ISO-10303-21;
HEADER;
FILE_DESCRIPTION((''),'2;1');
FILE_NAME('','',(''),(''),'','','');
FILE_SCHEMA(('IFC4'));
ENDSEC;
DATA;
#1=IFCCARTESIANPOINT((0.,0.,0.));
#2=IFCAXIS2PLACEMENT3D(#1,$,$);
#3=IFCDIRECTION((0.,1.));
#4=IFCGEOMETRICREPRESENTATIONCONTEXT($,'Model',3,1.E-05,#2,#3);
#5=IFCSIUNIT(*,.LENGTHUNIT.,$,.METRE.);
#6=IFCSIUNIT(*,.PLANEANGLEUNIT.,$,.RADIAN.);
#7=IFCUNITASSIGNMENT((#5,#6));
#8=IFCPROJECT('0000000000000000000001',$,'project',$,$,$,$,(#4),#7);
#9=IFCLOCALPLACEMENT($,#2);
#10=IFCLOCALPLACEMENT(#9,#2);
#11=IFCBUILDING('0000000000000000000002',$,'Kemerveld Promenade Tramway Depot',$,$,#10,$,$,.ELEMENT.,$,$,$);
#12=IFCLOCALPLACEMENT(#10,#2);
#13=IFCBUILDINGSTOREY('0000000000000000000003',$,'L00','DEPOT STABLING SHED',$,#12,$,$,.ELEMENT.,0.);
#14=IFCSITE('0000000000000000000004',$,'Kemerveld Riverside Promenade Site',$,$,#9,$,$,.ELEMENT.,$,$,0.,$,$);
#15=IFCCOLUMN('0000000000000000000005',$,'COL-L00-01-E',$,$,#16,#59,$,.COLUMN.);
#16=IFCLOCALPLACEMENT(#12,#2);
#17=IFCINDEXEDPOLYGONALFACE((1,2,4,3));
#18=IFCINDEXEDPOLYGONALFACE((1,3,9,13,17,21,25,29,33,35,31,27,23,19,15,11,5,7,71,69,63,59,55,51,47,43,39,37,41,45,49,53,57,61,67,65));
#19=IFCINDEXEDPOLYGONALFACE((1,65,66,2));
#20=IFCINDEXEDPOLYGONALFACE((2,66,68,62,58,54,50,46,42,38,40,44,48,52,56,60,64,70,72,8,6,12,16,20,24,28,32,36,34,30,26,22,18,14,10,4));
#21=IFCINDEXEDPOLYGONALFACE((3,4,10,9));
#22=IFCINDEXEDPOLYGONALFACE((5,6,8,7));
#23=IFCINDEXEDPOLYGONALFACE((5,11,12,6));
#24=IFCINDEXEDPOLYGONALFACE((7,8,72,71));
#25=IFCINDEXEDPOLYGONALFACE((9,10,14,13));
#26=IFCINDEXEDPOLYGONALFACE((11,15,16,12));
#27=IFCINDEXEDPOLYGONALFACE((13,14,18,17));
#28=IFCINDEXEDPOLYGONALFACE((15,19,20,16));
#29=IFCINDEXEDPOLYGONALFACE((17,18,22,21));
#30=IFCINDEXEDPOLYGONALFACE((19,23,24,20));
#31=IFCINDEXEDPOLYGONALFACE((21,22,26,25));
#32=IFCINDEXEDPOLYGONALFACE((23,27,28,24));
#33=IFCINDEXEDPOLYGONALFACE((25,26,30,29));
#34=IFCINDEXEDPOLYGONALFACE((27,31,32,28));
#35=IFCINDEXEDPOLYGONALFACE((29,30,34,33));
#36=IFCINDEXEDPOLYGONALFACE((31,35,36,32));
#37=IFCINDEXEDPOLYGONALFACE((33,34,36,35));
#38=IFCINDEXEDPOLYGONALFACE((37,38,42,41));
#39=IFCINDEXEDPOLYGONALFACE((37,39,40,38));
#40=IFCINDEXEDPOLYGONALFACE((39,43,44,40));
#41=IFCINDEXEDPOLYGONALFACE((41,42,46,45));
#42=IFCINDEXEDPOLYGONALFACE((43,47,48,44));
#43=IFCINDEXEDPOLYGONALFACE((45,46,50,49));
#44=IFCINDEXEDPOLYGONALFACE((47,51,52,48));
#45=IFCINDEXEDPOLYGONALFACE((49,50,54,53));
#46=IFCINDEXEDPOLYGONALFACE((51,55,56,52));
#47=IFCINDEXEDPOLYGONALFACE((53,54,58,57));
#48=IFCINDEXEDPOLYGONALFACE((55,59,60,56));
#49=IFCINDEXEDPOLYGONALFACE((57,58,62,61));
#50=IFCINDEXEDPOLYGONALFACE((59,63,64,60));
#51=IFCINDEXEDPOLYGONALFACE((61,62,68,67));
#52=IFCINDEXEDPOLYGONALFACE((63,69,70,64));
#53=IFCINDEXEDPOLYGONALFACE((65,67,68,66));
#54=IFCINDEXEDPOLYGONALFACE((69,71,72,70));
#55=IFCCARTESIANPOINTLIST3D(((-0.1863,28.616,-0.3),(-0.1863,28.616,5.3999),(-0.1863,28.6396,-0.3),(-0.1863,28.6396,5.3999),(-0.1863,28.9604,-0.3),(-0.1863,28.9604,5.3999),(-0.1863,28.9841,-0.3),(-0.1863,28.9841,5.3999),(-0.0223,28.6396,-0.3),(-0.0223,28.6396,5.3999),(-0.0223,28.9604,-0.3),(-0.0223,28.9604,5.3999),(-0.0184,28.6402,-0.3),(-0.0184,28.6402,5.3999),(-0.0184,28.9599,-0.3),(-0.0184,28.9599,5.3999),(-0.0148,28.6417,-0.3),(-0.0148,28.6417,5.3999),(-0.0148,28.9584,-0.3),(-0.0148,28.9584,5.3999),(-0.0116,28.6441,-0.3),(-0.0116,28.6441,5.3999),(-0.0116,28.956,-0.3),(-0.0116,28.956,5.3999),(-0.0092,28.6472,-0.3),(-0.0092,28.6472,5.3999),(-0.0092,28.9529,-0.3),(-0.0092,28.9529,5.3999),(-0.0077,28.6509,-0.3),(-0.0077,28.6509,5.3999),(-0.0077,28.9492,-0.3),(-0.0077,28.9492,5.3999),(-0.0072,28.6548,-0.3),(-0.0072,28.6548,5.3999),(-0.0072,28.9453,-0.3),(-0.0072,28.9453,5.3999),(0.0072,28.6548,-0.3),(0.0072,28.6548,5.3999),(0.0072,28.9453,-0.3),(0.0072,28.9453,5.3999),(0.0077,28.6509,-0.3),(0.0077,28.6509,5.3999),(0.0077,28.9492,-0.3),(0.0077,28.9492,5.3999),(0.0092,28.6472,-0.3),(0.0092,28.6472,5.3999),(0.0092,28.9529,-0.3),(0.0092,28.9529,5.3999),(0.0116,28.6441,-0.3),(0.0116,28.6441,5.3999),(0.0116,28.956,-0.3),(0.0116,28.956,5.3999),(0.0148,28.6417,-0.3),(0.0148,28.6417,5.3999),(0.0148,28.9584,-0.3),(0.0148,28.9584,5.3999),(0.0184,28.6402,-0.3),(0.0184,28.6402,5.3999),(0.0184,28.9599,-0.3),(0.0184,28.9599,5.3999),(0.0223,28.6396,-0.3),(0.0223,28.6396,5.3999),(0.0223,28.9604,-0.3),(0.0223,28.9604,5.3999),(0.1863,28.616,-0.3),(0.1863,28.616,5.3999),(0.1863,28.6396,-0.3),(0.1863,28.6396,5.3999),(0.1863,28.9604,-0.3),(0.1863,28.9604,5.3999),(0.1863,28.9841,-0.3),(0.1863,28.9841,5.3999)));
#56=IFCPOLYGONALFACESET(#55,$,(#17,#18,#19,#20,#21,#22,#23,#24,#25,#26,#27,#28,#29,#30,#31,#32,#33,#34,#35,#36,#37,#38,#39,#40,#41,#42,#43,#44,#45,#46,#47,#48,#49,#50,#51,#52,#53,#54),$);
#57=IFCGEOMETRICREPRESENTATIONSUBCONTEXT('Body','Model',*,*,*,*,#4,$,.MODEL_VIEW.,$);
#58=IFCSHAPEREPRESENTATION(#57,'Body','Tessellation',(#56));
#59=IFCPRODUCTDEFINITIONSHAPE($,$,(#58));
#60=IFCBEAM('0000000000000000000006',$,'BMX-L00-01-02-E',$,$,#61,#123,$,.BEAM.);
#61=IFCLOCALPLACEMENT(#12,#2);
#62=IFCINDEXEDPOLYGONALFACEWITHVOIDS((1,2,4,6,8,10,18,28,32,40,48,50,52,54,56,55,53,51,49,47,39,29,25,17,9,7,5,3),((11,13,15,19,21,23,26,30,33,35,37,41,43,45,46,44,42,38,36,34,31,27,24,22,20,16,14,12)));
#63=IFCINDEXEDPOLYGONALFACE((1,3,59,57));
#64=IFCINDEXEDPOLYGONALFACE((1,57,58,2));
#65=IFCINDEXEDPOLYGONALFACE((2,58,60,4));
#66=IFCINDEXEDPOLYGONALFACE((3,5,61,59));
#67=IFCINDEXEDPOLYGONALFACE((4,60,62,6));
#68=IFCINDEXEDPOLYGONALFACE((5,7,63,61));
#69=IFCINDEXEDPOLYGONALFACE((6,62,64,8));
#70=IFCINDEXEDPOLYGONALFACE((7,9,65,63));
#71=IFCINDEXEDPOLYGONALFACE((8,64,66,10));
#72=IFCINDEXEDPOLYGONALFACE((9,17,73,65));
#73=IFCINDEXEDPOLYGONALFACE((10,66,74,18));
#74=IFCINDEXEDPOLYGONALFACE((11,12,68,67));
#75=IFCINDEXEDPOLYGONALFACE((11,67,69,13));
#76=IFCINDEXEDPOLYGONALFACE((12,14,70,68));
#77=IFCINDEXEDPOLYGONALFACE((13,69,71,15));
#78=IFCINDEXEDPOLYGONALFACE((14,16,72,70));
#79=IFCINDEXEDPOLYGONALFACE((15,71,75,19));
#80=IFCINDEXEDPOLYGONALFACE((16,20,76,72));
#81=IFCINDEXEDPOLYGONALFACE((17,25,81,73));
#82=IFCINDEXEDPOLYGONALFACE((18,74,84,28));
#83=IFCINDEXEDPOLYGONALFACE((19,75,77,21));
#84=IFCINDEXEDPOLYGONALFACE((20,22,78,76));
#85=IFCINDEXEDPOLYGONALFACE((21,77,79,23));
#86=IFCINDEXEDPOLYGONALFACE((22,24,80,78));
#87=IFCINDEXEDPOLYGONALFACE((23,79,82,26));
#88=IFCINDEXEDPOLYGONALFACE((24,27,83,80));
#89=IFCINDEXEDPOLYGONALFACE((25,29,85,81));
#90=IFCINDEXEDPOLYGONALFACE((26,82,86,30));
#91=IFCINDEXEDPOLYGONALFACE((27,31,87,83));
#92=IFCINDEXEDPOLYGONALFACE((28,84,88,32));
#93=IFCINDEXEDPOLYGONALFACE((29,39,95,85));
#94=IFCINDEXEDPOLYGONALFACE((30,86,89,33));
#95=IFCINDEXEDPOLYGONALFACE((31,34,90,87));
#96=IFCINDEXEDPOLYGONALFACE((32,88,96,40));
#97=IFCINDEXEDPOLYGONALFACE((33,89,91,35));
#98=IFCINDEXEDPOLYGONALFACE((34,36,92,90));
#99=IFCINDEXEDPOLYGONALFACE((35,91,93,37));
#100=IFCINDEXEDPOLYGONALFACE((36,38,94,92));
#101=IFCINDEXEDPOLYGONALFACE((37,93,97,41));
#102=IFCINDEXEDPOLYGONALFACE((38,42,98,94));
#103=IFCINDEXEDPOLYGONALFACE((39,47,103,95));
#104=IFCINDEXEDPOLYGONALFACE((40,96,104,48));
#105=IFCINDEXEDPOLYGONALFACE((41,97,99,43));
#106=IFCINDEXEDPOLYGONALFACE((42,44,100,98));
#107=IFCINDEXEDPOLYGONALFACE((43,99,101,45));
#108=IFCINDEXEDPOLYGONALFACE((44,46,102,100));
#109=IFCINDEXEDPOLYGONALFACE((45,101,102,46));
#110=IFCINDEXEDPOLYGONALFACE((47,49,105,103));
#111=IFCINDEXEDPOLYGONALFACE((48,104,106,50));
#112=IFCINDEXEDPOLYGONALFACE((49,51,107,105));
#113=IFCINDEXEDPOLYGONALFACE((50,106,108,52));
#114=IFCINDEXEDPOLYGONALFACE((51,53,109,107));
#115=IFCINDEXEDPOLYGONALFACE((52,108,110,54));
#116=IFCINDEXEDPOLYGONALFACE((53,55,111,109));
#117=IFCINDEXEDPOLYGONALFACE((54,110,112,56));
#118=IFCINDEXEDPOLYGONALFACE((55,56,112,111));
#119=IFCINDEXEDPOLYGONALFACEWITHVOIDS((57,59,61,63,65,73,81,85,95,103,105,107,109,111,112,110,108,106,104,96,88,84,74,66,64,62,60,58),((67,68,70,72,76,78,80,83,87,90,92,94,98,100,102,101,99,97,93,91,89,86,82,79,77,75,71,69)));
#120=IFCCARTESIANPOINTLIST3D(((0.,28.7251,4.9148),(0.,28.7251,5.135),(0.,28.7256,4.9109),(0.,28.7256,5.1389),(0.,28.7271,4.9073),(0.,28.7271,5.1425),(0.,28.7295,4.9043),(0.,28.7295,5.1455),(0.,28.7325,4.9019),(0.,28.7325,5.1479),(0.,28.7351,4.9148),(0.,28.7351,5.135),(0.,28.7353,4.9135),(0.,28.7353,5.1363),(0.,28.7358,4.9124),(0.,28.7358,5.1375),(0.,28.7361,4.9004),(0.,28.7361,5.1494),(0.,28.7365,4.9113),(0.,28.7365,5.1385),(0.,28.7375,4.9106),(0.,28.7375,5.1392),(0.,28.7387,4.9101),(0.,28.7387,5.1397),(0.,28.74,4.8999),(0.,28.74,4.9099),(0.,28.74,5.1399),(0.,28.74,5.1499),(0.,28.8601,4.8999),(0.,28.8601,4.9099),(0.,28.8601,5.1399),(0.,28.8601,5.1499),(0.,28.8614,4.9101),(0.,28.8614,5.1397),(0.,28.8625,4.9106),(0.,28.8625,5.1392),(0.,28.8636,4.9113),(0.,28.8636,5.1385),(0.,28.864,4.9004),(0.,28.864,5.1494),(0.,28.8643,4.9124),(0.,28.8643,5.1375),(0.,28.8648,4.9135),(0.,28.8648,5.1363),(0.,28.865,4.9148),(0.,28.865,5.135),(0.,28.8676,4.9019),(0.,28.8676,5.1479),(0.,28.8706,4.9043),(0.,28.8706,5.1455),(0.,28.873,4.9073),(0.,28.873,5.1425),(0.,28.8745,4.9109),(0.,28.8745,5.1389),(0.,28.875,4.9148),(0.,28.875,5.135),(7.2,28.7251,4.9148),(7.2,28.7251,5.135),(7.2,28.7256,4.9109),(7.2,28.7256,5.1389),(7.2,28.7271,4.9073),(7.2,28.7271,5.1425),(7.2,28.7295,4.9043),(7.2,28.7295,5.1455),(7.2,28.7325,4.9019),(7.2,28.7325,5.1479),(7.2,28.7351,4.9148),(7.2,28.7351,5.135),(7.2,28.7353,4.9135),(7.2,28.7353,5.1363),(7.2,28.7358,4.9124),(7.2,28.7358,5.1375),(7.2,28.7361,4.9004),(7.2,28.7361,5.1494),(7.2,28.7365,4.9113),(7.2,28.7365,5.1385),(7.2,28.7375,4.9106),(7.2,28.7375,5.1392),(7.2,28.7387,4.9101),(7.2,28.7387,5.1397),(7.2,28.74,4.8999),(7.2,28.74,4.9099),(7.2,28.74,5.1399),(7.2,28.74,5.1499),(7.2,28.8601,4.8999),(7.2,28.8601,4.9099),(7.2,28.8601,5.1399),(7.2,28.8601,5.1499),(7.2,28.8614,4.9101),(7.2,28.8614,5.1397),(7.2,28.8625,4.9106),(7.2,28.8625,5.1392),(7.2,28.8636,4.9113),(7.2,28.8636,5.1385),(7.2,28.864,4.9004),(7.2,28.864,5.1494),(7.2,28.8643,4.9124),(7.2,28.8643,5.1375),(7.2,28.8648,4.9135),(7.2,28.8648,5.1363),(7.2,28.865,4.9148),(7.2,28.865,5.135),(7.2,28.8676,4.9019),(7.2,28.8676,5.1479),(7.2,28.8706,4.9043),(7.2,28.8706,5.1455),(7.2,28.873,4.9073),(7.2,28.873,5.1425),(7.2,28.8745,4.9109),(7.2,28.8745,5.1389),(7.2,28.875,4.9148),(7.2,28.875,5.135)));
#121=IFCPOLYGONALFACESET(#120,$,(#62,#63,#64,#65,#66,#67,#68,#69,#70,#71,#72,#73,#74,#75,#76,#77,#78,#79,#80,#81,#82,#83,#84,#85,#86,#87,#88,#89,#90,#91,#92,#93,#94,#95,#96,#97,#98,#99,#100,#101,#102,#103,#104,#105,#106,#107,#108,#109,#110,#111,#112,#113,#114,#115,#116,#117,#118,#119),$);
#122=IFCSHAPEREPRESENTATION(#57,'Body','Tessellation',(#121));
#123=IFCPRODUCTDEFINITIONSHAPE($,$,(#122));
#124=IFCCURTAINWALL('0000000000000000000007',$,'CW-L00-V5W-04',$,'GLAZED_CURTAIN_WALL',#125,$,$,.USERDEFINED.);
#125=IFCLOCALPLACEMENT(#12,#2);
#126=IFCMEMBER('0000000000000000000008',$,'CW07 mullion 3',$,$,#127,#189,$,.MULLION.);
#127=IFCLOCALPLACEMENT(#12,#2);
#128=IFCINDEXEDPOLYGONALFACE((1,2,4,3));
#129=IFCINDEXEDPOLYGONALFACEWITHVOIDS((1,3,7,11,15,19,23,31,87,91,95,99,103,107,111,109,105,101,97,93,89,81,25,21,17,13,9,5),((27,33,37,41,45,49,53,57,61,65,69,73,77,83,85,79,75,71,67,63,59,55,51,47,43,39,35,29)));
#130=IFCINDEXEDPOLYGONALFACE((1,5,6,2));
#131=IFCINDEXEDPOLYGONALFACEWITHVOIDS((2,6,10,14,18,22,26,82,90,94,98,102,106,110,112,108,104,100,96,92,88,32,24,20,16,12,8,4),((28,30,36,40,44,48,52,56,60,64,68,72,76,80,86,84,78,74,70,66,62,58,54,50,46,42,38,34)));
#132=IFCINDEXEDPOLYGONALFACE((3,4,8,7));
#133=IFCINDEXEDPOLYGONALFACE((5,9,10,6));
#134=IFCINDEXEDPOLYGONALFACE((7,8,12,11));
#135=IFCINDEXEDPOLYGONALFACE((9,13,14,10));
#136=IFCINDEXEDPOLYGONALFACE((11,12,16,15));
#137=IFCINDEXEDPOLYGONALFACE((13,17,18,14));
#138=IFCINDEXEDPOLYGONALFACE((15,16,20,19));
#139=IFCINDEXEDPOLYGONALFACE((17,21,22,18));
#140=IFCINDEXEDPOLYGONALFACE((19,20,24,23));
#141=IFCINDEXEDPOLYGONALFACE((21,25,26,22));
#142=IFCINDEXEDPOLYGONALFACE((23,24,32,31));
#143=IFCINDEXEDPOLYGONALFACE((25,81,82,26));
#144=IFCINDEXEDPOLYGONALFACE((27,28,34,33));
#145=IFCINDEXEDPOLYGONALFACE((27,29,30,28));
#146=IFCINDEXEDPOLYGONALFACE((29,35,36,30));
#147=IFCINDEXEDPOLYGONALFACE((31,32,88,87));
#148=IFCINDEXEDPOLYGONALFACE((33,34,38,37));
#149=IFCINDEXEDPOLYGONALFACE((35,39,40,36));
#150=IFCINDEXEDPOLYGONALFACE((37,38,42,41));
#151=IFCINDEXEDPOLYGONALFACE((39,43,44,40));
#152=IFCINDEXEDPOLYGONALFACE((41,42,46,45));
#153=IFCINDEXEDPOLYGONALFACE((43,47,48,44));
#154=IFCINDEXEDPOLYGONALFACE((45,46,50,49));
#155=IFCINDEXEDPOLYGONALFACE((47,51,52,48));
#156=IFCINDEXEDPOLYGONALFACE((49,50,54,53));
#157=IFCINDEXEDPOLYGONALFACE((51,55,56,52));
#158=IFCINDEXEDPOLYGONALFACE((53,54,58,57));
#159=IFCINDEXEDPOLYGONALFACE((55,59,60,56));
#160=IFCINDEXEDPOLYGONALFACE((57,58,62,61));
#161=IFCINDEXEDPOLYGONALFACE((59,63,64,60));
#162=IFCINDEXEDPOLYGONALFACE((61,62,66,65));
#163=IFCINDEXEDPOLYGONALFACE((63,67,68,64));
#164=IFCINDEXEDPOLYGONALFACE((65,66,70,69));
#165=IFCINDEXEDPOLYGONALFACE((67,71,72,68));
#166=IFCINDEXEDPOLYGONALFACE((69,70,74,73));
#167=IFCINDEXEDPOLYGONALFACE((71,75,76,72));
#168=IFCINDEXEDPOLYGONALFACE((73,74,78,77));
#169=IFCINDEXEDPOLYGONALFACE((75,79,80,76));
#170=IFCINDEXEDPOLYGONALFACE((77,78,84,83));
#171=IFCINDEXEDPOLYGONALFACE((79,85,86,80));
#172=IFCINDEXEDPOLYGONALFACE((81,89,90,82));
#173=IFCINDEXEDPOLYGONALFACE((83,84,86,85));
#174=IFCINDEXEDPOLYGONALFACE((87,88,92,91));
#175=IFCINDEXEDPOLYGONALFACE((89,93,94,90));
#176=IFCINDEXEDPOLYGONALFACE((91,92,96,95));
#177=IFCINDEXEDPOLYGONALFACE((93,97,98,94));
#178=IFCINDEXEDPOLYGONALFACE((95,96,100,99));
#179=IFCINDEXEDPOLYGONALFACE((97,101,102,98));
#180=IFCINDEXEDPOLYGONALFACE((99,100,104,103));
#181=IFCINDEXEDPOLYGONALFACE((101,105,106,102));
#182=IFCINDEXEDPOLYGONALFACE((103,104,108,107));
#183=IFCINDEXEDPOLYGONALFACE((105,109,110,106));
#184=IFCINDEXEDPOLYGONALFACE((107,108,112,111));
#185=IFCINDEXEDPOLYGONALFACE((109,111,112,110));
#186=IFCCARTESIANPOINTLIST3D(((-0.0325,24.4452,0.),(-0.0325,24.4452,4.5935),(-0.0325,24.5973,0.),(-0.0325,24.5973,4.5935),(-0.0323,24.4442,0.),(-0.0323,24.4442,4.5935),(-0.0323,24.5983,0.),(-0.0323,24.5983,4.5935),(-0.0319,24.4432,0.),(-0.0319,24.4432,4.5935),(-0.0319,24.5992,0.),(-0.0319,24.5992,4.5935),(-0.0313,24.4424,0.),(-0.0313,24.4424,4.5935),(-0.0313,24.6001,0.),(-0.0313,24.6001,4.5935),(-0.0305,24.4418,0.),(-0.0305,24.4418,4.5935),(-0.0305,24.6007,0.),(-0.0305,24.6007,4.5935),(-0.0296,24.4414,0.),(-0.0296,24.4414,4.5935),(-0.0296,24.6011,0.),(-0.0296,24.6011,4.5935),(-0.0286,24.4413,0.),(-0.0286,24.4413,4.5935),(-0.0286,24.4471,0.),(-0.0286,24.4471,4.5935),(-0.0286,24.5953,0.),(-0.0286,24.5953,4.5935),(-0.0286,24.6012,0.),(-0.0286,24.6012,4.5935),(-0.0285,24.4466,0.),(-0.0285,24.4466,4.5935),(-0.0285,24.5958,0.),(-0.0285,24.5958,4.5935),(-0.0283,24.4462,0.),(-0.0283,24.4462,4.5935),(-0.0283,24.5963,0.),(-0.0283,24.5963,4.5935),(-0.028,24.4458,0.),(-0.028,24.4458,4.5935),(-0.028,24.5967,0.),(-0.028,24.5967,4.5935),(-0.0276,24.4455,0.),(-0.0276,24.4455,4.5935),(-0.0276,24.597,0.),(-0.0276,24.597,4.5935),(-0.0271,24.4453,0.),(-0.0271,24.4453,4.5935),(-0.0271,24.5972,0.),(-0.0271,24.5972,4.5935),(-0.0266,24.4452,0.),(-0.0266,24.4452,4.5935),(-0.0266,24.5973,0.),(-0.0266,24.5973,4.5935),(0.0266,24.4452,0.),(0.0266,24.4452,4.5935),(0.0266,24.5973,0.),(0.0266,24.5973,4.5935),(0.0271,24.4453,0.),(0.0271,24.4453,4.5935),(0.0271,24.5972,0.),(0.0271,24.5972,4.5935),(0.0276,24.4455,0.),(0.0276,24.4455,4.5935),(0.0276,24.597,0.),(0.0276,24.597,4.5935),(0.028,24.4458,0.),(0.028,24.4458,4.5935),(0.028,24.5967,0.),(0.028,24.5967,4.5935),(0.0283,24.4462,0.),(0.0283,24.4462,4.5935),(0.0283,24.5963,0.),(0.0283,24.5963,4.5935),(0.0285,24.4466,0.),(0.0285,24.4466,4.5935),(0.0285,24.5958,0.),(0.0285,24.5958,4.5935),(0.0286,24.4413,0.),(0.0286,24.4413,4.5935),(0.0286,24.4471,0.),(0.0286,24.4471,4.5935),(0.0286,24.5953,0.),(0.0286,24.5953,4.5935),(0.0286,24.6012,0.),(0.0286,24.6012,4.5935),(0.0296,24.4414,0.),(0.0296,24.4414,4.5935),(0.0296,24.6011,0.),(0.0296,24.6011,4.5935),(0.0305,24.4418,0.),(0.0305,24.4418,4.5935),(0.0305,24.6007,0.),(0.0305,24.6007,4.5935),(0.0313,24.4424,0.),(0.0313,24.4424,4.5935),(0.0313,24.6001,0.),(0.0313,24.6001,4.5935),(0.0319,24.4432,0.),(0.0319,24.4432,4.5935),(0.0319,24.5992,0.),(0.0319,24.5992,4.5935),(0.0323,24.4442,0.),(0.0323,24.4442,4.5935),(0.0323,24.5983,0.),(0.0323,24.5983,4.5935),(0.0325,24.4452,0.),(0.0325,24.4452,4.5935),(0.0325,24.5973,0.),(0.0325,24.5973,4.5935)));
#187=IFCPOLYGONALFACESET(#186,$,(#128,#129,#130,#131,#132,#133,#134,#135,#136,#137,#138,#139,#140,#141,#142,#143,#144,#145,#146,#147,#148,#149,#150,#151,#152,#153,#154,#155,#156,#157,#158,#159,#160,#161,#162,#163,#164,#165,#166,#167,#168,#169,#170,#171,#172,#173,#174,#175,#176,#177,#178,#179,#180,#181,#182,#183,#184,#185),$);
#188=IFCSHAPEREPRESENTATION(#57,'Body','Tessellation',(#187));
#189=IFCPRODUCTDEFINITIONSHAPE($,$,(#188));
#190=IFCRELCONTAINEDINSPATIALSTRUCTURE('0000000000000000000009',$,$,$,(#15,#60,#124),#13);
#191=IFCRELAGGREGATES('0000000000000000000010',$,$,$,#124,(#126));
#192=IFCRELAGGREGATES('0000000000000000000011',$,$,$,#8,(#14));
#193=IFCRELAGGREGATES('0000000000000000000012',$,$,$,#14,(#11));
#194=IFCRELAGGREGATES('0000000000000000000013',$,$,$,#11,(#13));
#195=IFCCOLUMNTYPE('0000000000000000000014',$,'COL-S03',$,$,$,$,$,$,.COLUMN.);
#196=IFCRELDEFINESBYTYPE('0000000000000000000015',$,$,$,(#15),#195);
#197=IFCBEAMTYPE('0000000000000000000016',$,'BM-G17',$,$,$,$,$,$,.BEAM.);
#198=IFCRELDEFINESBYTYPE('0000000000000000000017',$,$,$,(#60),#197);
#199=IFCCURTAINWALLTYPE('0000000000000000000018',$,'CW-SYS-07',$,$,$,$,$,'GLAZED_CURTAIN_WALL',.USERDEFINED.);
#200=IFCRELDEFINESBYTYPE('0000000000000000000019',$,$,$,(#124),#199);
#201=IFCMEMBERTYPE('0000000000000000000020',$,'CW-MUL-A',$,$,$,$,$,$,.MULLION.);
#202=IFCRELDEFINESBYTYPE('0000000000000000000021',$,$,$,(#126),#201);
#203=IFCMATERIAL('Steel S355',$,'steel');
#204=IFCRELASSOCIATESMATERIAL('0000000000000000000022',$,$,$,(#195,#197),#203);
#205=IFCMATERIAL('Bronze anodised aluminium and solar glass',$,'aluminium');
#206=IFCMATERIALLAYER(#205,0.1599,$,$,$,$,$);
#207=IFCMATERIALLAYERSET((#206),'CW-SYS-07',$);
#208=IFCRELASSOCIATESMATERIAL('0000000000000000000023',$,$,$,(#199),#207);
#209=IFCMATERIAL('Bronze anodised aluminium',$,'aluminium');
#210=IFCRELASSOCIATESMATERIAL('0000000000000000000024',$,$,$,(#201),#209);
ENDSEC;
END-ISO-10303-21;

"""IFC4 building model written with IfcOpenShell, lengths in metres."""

from ifc_helpers import new_model, si_unit, direction, frame, origin, origin_2d, place, context, subcontext, project, spatial, hollow_rectangle, i_section, extrude, material, layer, layer_set, material_profile, profile_set, type_object, element, aggregate, save


model = new_model("IFC4")

# Units and contexts
model_context = context("Model", 3, precision=1e-05, world=origin(), true_north=direction((0.0, 1.0)))
body_context = subcontext(model_context, "Body", "Model", "MODEL_VIEW")
ifc_project = project(units=[si_unit("LENGTHUNIT", "METRE"), si_unit("PLANEANGLEUNIT", "RADIAN")], contexts=[model_context])

# Site, building, storey
site_placement = place(None, origin())
site = spatial("IfcSite", under=ifc_project, at=site_placement, Name="Kemerveld Riverside Promenade Site", CompositionType="ELEMENT", RefElevation=0.0)
building_placement = place(site_placement, origin())
building = spatial("IfcBuilding", under=site, at=building_placement, Name="Kemerveld Promenade Tramway Depot", CompositionType="ELEMENT")
storey_placement = place(building_placement, origin())
storey = spatial("IfcBuildingStorey", under=building, at=storey_placement, Name="L00", Description="DEPOT STABLING SHED", CompositionType="ELEMENT", Elevation=0.0)

# Column
ifc_material_1 = material(Name="Steel S355", Category="steel")
ifc_material_profile_1 = material_profile(ifc_material_1, i_section(OverallWidth=0.3726, OverallDepth=0.3682, WebThickness=0.0144, FlangeThickness=0.0237, FilletRadius=0.0151, at=origin_2d()), Name="356x368x177 UC")
ifc_profile_set_1 = profile_set([ifc_material_profile_1], Name="Steel S355")
column_type = type_object("IfcColumnType", Name="COL-S03", PredefinedType="COLUMN", material=ifc_profile_set_1)
column_placement = place(storey_placement, frame((0.0, 28.8, -0.3), z_axis=(0.0, 0.0, 1.0), x_axis=(1.0, 0.0, 0.0)))
element("IfcColumn", 1, at=column_placement, inside=storey, type_object=column_type, Name="COL-L00-01-E", PredefinedType="COLUMN", context=body_context, shape_type="SweptSolid", body=[
    extrude(i_section(OverallWidth=0.3726, OverallDepth=0.3682, WebThickness=0.0144, FlangeThickness=0.0237, FilletRadius=0.0151, at=origin_2d()), origin(), (0.0, 0.0, 1.0), 5.7),
])

# Beam
ifc_material_profile_2 = material_profile(ifc_material_1, hollow_rectangle(XDim=0.1499, YDim=0.25, WallThickness=0.01, InnerFilletRadius=0.0049, OuterFilletRadius=0.0149, at=origin_2d()), Name="250x150x10.0 RHS")
ifc_profile_set_2 = profile_set([ifc_material_profile_2], Name="Steel S355")
beam_type = type_object("IfcBeamType", Name="BM-G17", PredefinedType="BEAM", material=ifc_profile_set_2)
beam_placement = place(storey_placement, frame((0.0, 28.8, 5.0249), z_axis=(1.0, 0.0, 0.0), x_axis=(0.0, 1.0, 0.0)))
element("IfcBeam", 2, at=beam_placement, inside=storey, type_object=beam_type, Name="BMX-L00-01-02-E", PredefinedType="BEAM", context=body_context, shape_type="SweptSolid", body=[
    extrude(hollow_rectangle(XDim=0.1499, YDim=0.25, WallThickness=0.01, InnerFilletRadius=0.0049, OuterFilletRadius=0.0149, at=origin_2d()), origin(), (0.0, 0.0, 1.0), 7.2),
])

# Curtain wall, member
ifc_material_2 = material(Name="Bronze anodised aluminium and solar glass", Category="aluminium")
ifc_layer_1 = layer(ifc_material_2, 0.1599)
ifc_layer_set_1 = layer_set([ifc_layer_1], Name="CW-SYS-07")
curtain_wall_type = type_object("IfcCurtainWallType", Name="CW-SYS-07", ElementType="GLAZED_CURTAIN_WALL", PredefinedType="USERDEFINED", material=ifc_layer_set_1)
curtain_wall_placement = place(storey_placement, origin())
curtain_wall = element("IfcCurtainWall", 3, at=curtain_wall_placement, inside=storey, type_object=curtain_wall_type, Name="CW-L00-V5W-04", ObjectType="GLAZED_CURTAIN_WALL", PredefinedType="USERDEFINED")
ifc_material_3 = material(Name="Bronze anodised aluminium", Category="aluminium")
ifc_material_profile_3 = material_profile(ifc_material_3, hollow_rectangle(XDim=0.0649, YDim=0.1599, WallThickness=0.0039, InnerFilletRadius=0.002, OuterFilletRadius=0.0039, at=origin_2d()), Name="CW-MUL-160x65")
ifc_profile_set_3 = profile_set([ifc_material_profile_3], Name="Bronze anodised aluminium")
member_type_1 = type_object("IfcMemberType", Name="CW-MUL-A", PredefinedType="MULLION", material=ifc_profile_set_3)
member_1_placement = place(storey_placement, frame((0.0, 24.5212, 0.0), z_axis=(0.0, 0.0, 1.0), x_axis=(-1.0, 0.0, 0.0)))
member_1 = element("IfcMember", 4, at=member_1_placement, type_object=member_type_1, Name="CW07 mullion 3", PredefinedType="MULLION", context=body_context, shape_type="SweptSolid", body=[
    extrude(hollow_rectangle(XDim=0.0649, YDim=0.1599, WallThickness=0.0039, InnerFilletRadius=0.002, OuterFilletRadius=0.0039, at=origin_2d()), origin(), (0.0, 0.0, 1.0), 4.5935),
])
aggregate(curtain_wall, [member_1])

save(model, "model.ifc")
